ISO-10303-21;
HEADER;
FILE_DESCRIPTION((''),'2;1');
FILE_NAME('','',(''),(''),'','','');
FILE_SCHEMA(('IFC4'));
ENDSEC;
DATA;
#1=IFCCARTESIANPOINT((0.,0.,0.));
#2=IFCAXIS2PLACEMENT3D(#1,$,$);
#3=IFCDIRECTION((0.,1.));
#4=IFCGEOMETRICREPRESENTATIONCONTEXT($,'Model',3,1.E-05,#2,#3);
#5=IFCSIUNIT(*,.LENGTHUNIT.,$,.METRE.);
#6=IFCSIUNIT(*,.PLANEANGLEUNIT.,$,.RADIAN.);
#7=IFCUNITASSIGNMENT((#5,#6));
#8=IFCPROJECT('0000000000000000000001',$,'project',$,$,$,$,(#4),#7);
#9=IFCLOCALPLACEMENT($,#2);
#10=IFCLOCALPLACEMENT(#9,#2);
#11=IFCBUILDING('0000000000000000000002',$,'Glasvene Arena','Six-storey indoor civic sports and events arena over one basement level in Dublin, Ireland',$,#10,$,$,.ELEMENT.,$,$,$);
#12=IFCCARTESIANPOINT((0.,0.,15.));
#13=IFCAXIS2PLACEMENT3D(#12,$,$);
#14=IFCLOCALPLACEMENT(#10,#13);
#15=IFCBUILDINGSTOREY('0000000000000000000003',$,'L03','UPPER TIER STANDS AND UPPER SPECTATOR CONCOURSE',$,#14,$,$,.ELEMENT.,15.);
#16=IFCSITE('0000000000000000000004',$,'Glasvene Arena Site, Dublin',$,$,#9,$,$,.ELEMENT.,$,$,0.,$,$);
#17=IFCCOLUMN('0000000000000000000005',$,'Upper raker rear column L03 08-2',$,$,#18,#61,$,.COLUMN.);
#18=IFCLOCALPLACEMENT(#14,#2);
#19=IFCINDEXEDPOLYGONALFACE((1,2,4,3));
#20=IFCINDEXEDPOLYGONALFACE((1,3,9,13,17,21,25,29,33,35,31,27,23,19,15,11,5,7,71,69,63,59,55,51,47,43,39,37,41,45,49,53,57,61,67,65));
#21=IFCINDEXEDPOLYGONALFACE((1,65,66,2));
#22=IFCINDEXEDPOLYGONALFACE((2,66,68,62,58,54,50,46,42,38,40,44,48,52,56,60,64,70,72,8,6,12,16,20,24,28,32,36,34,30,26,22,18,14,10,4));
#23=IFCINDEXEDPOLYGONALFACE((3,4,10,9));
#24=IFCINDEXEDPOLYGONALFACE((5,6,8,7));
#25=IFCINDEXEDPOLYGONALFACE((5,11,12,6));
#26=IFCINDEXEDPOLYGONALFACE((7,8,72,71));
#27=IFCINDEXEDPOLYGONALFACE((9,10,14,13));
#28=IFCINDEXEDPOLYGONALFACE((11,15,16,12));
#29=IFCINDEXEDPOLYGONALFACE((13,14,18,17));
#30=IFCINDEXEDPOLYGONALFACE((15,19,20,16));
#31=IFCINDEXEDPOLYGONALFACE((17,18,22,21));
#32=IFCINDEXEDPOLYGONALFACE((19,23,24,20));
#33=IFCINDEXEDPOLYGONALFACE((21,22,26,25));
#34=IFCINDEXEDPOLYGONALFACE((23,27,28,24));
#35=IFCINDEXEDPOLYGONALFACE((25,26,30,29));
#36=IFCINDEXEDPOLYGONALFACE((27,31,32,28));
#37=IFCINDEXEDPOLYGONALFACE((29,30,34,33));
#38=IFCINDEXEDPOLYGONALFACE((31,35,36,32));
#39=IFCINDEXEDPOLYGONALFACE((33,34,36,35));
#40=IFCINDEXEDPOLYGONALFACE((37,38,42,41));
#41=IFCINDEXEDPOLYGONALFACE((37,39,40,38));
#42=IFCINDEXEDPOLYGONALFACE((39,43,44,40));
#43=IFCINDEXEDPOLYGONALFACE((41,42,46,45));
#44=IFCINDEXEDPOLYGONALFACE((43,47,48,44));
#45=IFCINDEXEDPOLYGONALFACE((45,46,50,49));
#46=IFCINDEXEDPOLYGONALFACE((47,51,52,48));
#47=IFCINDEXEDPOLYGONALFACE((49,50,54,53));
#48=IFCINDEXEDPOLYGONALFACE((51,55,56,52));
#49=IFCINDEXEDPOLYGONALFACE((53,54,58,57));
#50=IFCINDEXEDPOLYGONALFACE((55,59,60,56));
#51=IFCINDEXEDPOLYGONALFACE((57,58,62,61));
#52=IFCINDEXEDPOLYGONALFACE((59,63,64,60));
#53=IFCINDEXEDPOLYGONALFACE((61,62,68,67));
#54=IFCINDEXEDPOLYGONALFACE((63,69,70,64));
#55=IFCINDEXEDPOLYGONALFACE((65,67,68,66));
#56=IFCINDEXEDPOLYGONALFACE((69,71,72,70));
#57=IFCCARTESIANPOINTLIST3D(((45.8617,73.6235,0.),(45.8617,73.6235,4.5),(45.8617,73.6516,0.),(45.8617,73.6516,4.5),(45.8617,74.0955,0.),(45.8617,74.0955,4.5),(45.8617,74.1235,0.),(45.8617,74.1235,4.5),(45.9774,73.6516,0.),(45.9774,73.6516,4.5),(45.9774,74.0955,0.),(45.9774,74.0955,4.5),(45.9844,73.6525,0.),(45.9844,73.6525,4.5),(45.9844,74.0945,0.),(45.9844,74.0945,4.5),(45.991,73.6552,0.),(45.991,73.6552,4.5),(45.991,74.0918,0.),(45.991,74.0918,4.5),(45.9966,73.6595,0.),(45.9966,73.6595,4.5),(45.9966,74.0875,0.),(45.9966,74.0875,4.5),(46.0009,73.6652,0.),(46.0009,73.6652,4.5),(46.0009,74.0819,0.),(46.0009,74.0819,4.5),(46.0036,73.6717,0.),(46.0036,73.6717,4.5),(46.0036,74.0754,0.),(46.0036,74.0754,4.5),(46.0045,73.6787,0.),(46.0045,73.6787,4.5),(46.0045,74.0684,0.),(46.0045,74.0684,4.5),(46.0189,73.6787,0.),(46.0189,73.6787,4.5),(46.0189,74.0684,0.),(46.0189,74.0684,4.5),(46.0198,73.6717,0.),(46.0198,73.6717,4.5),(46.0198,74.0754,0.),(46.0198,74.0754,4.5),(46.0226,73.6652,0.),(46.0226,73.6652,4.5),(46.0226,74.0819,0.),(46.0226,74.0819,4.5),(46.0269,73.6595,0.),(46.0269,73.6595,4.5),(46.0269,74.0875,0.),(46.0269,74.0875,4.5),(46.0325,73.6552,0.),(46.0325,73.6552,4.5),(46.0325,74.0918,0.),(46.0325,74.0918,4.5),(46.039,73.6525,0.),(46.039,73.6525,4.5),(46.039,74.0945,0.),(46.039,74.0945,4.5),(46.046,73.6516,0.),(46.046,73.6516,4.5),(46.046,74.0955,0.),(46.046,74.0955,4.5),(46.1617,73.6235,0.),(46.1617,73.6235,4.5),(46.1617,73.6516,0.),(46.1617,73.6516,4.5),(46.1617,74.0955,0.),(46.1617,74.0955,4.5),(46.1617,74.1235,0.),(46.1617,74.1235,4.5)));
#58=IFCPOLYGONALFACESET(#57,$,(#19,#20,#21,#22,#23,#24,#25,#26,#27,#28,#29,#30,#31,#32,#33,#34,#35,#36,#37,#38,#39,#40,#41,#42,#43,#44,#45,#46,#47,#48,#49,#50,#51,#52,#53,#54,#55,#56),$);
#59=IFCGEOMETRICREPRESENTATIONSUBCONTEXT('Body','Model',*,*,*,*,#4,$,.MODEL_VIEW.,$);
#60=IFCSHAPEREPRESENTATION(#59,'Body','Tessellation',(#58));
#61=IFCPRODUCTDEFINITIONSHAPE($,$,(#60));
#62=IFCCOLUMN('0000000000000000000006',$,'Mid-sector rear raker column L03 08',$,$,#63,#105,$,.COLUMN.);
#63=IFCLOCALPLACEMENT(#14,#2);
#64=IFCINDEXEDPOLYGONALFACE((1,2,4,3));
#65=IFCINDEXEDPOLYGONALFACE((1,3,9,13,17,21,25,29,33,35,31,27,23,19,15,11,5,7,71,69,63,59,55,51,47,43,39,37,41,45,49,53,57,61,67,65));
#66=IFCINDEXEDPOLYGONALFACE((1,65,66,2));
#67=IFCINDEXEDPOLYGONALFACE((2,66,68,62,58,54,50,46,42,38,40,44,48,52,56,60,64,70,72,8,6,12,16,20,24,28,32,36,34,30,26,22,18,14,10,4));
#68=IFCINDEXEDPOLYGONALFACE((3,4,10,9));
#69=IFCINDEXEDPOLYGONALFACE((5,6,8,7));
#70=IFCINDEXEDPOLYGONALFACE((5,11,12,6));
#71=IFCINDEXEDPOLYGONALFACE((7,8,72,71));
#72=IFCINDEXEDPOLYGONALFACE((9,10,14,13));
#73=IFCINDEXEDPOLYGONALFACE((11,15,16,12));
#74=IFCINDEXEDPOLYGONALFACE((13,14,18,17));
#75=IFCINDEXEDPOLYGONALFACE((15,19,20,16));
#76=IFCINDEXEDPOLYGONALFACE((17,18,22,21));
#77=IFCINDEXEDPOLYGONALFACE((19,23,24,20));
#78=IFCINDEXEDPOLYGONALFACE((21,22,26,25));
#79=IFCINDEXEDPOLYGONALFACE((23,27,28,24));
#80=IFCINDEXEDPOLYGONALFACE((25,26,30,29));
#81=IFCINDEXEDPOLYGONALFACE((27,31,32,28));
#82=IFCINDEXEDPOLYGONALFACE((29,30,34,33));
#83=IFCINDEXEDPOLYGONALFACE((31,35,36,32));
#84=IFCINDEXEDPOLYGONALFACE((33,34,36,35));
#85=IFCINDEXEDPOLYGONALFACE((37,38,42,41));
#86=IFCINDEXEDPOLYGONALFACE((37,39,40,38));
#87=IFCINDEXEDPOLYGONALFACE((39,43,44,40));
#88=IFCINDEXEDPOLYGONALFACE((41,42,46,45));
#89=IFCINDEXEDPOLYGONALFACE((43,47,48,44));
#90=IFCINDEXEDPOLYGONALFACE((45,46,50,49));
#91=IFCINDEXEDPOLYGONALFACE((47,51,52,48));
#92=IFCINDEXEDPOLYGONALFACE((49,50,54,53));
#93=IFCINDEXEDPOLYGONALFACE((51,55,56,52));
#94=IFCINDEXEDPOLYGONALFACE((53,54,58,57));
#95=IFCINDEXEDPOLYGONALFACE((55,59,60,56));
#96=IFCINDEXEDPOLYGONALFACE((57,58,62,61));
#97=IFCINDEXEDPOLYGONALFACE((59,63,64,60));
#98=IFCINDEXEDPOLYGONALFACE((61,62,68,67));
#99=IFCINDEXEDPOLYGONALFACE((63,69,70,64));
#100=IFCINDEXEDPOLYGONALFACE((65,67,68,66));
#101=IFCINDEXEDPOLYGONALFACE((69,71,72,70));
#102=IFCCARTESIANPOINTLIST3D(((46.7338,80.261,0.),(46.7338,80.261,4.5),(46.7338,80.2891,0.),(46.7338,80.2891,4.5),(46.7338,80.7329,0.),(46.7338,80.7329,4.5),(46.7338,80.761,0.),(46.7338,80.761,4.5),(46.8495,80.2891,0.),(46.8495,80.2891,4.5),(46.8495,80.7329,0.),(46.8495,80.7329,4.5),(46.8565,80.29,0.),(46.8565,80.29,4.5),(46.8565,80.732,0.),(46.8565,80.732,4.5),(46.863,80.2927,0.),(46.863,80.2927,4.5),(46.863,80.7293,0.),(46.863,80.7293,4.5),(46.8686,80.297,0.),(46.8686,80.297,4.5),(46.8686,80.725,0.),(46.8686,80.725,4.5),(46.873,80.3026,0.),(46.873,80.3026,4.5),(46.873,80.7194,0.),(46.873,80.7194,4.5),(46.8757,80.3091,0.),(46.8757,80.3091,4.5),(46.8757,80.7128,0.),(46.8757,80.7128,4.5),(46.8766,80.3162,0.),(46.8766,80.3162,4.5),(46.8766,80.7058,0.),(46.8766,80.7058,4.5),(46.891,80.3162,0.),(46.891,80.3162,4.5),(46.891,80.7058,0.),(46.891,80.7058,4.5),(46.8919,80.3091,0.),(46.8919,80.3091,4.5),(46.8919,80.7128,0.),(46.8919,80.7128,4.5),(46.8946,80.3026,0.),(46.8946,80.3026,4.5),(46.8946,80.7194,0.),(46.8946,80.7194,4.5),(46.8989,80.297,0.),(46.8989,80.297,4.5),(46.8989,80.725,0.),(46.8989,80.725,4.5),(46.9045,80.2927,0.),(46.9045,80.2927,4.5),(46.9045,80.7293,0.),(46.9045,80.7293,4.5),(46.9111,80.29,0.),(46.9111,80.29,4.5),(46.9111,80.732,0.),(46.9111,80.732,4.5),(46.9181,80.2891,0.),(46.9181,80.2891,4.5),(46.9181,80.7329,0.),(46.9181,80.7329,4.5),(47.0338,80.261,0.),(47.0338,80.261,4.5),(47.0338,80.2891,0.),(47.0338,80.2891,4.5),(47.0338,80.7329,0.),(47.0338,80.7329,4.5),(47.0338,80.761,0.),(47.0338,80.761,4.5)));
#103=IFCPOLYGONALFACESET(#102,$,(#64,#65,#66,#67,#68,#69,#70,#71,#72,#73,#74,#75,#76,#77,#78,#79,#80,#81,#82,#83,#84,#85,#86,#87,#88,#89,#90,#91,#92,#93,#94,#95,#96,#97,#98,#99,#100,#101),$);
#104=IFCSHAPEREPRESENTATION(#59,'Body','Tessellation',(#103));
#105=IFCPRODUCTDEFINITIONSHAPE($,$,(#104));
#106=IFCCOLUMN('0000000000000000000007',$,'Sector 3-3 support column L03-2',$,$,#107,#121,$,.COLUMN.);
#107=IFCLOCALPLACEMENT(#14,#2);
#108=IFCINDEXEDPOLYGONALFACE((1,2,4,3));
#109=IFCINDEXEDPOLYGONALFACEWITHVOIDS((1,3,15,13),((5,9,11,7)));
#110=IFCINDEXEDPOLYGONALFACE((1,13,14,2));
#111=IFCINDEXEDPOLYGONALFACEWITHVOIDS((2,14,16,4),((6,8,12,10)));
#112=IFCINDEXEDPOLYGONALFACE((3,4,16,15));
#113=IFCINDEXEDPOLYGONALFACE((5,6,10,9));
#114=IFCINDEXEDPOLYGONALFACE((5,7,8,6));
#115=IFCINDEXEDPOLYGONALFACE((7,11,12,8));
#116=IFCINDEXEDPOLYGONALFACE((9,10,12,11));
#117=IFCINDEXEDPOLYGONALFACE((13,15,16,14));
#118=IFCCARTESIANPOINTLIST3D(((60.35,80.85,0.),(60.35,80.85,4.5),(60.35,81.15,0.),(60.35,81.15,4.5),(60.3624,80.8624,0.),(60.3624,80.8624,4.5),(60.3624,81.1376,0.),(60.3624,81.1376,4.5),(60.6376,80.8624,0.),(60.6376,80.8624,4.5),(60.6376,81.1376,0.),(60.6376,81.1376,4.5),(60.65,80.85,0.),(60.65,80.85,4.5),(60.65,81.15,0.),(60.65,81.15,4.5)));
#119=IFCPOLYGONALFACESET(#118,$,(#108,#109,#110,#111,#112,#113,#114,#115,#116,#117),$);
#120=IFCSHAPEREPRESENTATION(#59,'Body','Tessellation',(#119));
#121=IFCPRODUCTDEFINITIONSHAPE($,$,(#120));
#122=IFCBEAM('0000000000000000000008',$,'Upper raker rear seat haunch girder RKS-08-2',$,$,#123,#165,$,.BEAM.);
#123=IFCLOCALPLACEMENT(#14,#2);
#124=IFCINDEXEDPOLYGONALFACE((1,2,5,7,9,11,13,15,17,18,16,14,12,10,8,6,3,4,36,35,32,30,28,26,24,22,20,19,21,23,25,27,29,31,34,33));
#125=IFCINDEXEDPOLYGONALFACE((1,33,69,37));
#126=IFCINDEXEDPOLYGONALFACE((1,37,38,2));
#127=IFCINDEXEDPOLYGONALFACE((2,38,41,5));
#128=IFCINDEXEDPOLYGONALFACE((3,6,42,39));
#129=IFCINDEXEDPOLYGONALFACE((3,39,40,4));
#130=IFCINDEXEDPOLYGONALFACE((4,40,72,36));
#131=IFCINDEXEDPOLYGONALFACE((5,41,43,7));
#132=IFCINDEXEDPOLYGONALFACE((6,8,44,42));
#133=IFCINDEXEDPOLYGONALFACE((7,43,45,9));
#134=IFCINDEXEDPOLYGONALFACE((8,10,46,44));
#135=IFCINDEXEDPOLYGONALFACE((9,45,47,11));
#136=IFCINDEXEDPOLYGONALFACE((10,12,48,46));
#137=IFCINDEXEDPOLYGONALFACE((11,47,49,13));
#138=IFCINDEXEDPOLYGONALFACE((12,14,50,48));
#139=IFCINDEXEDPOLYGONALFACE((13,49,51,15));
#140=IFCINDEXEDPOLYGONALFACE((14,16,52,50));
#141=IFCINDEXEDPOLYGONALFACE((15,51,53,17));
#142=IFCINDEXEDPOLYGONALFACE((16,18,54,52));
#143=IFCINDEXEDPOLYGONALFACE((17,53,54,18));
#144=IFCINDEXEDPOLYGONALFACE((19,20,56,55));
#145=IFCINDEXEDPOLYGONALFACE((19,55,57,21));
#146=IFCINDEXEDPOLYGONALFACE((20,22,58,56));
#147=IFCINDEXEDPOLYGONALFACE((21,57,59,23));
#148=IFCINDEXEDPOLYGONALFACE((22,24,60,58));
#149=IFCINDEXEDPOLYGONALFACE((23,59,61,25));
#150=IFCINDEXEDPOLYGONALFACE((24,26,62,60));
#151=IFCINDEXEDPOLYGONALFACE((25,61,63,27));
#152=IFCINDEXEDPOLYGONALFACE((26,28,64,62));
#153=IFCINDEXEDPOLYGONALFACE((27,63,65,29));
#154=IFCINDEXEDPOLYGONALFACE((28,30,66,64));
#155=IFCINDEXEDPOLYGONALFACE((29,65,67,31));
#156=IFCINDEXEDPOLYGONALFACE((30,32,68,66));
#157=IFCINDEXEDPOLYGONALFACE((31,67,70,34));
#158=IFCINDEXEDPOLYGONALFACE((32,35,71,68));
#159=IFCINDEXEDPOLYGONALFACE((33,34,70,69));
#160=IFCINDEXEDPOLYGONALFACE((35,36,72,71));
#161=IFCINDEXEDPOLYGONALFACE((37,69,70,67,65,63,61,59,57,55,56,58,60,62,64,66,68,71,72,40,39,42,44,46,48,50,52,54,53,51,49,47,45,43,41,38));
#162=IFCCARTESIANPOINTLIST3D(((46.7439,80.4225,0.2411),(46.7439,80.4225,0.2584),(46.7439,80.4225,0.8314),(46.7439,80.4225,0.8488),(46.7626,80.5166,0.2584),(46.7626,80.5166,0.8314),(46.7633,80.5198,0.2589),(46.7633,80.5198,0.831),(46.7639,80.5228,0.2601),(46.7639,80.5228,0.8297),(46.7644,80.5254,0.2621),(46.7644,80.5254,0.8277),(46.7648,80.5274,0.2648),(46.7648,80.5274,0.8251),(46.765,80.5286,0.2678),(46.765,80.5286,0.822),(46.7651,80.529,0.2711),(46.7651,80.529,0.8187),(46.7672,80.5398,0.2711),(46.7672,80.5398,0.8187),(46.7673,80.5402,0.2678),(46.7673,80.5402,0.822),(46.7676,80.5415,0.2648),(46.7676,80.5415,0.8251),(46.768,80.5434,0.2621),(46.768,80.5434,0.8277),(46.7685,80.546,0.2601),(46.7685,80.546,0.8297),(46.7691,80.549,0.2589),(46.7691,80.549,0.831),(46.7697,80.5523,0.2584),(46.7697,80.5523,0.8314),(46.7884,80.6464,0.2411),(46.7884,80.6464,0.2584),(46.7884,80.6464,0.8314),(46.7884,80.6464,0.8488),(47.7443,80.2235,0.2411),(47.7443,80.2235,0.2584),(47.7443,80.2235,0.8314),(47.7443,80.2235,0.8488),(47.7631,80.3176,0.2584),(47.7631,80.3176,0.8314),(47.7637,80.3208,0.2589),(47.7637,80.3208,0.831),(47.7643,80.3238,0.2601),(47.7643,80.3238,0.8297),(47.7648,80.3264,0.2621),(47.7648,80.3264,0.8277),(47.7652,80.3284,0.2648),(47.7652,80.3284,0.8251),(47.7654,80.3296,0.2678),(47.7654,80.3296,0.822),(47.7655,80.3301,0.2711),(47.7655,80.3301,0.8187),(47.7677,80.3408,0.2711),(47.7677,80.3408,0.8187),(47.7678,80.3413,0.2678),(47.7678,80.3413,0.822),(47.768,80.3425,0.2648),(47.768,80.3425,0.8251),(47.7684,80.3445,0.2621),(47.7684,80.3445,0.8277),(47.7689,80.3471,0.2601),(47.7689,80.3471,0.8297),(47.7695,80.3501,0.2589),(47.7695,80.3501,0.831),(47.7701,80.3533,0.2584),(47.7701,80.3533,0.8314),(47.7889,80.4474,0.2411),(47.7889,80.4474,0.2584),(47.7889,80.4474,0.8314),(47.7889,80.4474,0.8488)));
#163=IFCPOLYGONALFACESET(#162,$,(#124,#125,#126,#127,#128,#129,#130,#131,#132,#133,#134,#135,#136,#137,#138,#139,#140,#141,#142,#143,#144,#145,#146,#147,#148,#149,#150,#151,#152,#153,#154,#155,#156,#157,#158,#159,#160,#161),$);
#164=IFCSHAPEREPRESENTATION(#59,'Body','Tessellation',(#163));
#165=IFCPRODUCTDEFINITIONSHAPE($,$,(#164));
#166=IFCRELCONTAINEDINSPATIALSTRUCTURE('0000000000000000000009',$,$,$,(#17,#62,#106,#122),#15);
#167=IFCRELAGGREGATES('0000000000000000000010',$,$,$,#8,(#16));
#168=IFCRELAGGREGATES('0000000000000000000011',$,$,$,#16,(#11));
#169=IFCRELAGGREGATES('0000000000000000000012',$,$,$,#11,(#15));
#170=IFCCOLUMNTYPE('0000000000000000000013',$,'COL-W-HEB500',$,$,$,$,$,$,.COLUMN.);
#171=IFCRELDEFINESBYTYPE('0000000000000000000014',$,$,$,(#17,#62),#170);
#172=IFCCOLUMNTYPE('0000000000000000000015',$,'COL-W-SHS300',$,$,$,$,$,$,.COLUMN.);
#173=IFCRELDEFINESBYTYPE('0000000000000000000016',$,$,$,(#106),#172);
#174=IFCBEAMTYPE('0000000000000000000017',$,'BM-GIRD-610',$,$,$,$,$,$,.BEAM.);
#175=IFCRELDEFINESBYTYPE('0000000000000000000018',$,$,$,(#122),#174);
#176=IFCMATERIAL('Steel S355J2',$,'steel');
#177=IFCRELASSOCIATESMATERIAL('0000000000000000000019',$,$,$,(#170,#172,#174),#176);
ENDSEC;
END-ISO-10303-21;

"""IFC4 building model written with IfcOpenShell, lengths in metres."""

from ifc_helpers import new_model, si_unit, direction, frame, origin, origin_2d, place, context, subcontext, project, spatial, hollow_rectangle, i_section, extrude, material, material_profile, profile_set, type_object, element, save


model = new_model("IFC4")

# Units and contexts
model_context = context("Model", 3, precision=1e-05, world=origin(), true_north=direction((0.0, 1.0)))
body_context = subcontext(model_context, "Body", "Model", "MODEL_VIEW")
ifc_project = project(units=[si_unit("LENGTHUNIT", "METRE"), si_unit("PLANEANGLEUNIT", "RADIAN")], contexts=[model_context])

# Site, building, storey
site_placement = place(None, origin())
site = spatial("IfcSite", under=ifc_project, at=site_placement, Name="Glasvene Arena Site, Dublin", CompositionType="ELEMENT", RefElevation=0.0)
building_placement = place(site_placement, origin())
building = spatial("IfcBuilding", under=site, at=building_placement, Name="Glasvene Arena", Description="Six-storey indoor civic sports and events arena over one basement level in Dublin, Ireland", CompositionType="ELEMENT")
storey_placement = place(building_placement, frame((0.0, 0.0, 15.0)))
storey = spatial("IfcBuildingStorey", under=building, at=storey_placement, Name="L03", Description="UPPER TIER STANDS AND UPPER SPECTATOR CONCOURSE", CompositionType="ELEMENT", Elevation=15.0)

# Columns
ifc_material_1 = material(Name="Steel S355J2", Category="steel")
ifc_material_profile_1 = material_profile(ifc_material_1, i_section(OverallWidth=0.3, OverallDepth=0.5, WebThickness=0.0144, FlangeThickness=0.0281, FilletRadius=0.0271, at=origin_2d()), Name="HEB 500")
ifc_profile_set_1 = profile_set([ifc_material_profile_1], Name="Steel S355J2")
column_type_1 = type_object("IfcColumnType", Name="COL-W-HEB500", PredefinedType="COLUMN", material=ifc_profile_set_1)
for number, where, z_axis, x_axis, name in (
    (1, (46.0117, 73.8735, 0.0), (0.0, 0.0, 1.0), (1.0, 0.0, 0.0), "Upper raker rear column L03 08-2"),
    (2, (46.8838, 80.511, 0.0), (0.0, 0.0, 1.0), (1.0, 0.0, 0.0), "Mid-sector rear raker column L03 08"),
):
    element("IfcColumn", number, at=place(storey_placement, frame(where, z_axis=z_axis, x_axis=x_axis)), inside=storey, type_object=column_type_1, Name=name, PredefinedType="COLUMN", context=body_context, shape_type="SweptSolid", body=[
        extrude(i_section(OverallWidth=0.3, OverallDepth=0.5, WebThickness=0.0144, FlangeThickness=0.0281, FilletRadius=0.0271, at=origin_2d()), origin(), (0.0, 0.0, 1.0), 4.5),
    ])
ifc_material_profile_2 = material_profile(ifc_material_1, hollow_rectangle(XDim=0.3, YDim=0.3, WallThickness=0.0125, at=origin_2d()), Name="SHS 300x300x12.5")
ifc_profile_set_2 = profile_set([ifc_material_profile_2], Name="Steel S355J2")
column_type_2 = type_object("IfcColumnType", Name="COL-W-SHS300", PredefinedType="COLUMN", material=ifc_profile_set_2)
column_placement = place(storey_placement, frame((60.5, 81.0, 0.0), z_axis=(0.0, 0.0, 1.0), x_axis=(1.0, 0.0, 0.0)))
element("IfcColumn", 3, at=column_placement, inside=storey, type_object=column_type_2, Name="Sector 3-3 support column L03-2", PredefinedType="COLUMN", context=body_context, shape_type="SweptSolid", body=[
    extrude(hollow_rectangle(XDim=0.3, YDim=0.3, WallThickness=0.0125, at=origin_2d()), origin(), (0.0, 0.0, 1.0), 4.5),
])

# Beam
ifc_material_profile_3 = material_profile(ifc_material_1, i_section(OverallWidth=0.2283, OverallDepth=0.6077, WebThickness=0.011, FlangeThickness=0.0173, FilletRadius=0.0127, at=origin_2d()), Name="UKB 610x229x113")
ifc_profile_set_3 = profile_set([ifc_material_profile_3], Name="Steel S355J2")
beam_type_1 = type_object("IfcBeamType", Name="BM-GIRD-610", PredefinedType="BEAM", material=ifc_profile_set_3)
for number, where, z_axis, x_axis, name in (
    (4, (47.7666, 80.3354, 0.5449), (-0.980792, 0.195057, 0.0), (-0.195057, -0.980792, 0.0), "Upper raker rear seat haunch girder RKS-08-2"),
):
    element("IfcBeam", number, at=place(storey_placement, frame(where, z_axis=z_axis, x_axis=x_axis)), inside=storey, type_object=beam_type_1, Name=name, PredefinedType="BEAM", context=body_context, shape_type="SweptSolid", body=[
        extrude(i_section(OverallWidth=0.2283, OverallDepth=0.6077, WebThickness=0.011, FlangeThickness=0.0173, FilletRadius=0.0127, at=origin_2d()), origin(), (0.0, 0.0, 1.0), 1.02),
    ])

save(model, "model.ifc")
